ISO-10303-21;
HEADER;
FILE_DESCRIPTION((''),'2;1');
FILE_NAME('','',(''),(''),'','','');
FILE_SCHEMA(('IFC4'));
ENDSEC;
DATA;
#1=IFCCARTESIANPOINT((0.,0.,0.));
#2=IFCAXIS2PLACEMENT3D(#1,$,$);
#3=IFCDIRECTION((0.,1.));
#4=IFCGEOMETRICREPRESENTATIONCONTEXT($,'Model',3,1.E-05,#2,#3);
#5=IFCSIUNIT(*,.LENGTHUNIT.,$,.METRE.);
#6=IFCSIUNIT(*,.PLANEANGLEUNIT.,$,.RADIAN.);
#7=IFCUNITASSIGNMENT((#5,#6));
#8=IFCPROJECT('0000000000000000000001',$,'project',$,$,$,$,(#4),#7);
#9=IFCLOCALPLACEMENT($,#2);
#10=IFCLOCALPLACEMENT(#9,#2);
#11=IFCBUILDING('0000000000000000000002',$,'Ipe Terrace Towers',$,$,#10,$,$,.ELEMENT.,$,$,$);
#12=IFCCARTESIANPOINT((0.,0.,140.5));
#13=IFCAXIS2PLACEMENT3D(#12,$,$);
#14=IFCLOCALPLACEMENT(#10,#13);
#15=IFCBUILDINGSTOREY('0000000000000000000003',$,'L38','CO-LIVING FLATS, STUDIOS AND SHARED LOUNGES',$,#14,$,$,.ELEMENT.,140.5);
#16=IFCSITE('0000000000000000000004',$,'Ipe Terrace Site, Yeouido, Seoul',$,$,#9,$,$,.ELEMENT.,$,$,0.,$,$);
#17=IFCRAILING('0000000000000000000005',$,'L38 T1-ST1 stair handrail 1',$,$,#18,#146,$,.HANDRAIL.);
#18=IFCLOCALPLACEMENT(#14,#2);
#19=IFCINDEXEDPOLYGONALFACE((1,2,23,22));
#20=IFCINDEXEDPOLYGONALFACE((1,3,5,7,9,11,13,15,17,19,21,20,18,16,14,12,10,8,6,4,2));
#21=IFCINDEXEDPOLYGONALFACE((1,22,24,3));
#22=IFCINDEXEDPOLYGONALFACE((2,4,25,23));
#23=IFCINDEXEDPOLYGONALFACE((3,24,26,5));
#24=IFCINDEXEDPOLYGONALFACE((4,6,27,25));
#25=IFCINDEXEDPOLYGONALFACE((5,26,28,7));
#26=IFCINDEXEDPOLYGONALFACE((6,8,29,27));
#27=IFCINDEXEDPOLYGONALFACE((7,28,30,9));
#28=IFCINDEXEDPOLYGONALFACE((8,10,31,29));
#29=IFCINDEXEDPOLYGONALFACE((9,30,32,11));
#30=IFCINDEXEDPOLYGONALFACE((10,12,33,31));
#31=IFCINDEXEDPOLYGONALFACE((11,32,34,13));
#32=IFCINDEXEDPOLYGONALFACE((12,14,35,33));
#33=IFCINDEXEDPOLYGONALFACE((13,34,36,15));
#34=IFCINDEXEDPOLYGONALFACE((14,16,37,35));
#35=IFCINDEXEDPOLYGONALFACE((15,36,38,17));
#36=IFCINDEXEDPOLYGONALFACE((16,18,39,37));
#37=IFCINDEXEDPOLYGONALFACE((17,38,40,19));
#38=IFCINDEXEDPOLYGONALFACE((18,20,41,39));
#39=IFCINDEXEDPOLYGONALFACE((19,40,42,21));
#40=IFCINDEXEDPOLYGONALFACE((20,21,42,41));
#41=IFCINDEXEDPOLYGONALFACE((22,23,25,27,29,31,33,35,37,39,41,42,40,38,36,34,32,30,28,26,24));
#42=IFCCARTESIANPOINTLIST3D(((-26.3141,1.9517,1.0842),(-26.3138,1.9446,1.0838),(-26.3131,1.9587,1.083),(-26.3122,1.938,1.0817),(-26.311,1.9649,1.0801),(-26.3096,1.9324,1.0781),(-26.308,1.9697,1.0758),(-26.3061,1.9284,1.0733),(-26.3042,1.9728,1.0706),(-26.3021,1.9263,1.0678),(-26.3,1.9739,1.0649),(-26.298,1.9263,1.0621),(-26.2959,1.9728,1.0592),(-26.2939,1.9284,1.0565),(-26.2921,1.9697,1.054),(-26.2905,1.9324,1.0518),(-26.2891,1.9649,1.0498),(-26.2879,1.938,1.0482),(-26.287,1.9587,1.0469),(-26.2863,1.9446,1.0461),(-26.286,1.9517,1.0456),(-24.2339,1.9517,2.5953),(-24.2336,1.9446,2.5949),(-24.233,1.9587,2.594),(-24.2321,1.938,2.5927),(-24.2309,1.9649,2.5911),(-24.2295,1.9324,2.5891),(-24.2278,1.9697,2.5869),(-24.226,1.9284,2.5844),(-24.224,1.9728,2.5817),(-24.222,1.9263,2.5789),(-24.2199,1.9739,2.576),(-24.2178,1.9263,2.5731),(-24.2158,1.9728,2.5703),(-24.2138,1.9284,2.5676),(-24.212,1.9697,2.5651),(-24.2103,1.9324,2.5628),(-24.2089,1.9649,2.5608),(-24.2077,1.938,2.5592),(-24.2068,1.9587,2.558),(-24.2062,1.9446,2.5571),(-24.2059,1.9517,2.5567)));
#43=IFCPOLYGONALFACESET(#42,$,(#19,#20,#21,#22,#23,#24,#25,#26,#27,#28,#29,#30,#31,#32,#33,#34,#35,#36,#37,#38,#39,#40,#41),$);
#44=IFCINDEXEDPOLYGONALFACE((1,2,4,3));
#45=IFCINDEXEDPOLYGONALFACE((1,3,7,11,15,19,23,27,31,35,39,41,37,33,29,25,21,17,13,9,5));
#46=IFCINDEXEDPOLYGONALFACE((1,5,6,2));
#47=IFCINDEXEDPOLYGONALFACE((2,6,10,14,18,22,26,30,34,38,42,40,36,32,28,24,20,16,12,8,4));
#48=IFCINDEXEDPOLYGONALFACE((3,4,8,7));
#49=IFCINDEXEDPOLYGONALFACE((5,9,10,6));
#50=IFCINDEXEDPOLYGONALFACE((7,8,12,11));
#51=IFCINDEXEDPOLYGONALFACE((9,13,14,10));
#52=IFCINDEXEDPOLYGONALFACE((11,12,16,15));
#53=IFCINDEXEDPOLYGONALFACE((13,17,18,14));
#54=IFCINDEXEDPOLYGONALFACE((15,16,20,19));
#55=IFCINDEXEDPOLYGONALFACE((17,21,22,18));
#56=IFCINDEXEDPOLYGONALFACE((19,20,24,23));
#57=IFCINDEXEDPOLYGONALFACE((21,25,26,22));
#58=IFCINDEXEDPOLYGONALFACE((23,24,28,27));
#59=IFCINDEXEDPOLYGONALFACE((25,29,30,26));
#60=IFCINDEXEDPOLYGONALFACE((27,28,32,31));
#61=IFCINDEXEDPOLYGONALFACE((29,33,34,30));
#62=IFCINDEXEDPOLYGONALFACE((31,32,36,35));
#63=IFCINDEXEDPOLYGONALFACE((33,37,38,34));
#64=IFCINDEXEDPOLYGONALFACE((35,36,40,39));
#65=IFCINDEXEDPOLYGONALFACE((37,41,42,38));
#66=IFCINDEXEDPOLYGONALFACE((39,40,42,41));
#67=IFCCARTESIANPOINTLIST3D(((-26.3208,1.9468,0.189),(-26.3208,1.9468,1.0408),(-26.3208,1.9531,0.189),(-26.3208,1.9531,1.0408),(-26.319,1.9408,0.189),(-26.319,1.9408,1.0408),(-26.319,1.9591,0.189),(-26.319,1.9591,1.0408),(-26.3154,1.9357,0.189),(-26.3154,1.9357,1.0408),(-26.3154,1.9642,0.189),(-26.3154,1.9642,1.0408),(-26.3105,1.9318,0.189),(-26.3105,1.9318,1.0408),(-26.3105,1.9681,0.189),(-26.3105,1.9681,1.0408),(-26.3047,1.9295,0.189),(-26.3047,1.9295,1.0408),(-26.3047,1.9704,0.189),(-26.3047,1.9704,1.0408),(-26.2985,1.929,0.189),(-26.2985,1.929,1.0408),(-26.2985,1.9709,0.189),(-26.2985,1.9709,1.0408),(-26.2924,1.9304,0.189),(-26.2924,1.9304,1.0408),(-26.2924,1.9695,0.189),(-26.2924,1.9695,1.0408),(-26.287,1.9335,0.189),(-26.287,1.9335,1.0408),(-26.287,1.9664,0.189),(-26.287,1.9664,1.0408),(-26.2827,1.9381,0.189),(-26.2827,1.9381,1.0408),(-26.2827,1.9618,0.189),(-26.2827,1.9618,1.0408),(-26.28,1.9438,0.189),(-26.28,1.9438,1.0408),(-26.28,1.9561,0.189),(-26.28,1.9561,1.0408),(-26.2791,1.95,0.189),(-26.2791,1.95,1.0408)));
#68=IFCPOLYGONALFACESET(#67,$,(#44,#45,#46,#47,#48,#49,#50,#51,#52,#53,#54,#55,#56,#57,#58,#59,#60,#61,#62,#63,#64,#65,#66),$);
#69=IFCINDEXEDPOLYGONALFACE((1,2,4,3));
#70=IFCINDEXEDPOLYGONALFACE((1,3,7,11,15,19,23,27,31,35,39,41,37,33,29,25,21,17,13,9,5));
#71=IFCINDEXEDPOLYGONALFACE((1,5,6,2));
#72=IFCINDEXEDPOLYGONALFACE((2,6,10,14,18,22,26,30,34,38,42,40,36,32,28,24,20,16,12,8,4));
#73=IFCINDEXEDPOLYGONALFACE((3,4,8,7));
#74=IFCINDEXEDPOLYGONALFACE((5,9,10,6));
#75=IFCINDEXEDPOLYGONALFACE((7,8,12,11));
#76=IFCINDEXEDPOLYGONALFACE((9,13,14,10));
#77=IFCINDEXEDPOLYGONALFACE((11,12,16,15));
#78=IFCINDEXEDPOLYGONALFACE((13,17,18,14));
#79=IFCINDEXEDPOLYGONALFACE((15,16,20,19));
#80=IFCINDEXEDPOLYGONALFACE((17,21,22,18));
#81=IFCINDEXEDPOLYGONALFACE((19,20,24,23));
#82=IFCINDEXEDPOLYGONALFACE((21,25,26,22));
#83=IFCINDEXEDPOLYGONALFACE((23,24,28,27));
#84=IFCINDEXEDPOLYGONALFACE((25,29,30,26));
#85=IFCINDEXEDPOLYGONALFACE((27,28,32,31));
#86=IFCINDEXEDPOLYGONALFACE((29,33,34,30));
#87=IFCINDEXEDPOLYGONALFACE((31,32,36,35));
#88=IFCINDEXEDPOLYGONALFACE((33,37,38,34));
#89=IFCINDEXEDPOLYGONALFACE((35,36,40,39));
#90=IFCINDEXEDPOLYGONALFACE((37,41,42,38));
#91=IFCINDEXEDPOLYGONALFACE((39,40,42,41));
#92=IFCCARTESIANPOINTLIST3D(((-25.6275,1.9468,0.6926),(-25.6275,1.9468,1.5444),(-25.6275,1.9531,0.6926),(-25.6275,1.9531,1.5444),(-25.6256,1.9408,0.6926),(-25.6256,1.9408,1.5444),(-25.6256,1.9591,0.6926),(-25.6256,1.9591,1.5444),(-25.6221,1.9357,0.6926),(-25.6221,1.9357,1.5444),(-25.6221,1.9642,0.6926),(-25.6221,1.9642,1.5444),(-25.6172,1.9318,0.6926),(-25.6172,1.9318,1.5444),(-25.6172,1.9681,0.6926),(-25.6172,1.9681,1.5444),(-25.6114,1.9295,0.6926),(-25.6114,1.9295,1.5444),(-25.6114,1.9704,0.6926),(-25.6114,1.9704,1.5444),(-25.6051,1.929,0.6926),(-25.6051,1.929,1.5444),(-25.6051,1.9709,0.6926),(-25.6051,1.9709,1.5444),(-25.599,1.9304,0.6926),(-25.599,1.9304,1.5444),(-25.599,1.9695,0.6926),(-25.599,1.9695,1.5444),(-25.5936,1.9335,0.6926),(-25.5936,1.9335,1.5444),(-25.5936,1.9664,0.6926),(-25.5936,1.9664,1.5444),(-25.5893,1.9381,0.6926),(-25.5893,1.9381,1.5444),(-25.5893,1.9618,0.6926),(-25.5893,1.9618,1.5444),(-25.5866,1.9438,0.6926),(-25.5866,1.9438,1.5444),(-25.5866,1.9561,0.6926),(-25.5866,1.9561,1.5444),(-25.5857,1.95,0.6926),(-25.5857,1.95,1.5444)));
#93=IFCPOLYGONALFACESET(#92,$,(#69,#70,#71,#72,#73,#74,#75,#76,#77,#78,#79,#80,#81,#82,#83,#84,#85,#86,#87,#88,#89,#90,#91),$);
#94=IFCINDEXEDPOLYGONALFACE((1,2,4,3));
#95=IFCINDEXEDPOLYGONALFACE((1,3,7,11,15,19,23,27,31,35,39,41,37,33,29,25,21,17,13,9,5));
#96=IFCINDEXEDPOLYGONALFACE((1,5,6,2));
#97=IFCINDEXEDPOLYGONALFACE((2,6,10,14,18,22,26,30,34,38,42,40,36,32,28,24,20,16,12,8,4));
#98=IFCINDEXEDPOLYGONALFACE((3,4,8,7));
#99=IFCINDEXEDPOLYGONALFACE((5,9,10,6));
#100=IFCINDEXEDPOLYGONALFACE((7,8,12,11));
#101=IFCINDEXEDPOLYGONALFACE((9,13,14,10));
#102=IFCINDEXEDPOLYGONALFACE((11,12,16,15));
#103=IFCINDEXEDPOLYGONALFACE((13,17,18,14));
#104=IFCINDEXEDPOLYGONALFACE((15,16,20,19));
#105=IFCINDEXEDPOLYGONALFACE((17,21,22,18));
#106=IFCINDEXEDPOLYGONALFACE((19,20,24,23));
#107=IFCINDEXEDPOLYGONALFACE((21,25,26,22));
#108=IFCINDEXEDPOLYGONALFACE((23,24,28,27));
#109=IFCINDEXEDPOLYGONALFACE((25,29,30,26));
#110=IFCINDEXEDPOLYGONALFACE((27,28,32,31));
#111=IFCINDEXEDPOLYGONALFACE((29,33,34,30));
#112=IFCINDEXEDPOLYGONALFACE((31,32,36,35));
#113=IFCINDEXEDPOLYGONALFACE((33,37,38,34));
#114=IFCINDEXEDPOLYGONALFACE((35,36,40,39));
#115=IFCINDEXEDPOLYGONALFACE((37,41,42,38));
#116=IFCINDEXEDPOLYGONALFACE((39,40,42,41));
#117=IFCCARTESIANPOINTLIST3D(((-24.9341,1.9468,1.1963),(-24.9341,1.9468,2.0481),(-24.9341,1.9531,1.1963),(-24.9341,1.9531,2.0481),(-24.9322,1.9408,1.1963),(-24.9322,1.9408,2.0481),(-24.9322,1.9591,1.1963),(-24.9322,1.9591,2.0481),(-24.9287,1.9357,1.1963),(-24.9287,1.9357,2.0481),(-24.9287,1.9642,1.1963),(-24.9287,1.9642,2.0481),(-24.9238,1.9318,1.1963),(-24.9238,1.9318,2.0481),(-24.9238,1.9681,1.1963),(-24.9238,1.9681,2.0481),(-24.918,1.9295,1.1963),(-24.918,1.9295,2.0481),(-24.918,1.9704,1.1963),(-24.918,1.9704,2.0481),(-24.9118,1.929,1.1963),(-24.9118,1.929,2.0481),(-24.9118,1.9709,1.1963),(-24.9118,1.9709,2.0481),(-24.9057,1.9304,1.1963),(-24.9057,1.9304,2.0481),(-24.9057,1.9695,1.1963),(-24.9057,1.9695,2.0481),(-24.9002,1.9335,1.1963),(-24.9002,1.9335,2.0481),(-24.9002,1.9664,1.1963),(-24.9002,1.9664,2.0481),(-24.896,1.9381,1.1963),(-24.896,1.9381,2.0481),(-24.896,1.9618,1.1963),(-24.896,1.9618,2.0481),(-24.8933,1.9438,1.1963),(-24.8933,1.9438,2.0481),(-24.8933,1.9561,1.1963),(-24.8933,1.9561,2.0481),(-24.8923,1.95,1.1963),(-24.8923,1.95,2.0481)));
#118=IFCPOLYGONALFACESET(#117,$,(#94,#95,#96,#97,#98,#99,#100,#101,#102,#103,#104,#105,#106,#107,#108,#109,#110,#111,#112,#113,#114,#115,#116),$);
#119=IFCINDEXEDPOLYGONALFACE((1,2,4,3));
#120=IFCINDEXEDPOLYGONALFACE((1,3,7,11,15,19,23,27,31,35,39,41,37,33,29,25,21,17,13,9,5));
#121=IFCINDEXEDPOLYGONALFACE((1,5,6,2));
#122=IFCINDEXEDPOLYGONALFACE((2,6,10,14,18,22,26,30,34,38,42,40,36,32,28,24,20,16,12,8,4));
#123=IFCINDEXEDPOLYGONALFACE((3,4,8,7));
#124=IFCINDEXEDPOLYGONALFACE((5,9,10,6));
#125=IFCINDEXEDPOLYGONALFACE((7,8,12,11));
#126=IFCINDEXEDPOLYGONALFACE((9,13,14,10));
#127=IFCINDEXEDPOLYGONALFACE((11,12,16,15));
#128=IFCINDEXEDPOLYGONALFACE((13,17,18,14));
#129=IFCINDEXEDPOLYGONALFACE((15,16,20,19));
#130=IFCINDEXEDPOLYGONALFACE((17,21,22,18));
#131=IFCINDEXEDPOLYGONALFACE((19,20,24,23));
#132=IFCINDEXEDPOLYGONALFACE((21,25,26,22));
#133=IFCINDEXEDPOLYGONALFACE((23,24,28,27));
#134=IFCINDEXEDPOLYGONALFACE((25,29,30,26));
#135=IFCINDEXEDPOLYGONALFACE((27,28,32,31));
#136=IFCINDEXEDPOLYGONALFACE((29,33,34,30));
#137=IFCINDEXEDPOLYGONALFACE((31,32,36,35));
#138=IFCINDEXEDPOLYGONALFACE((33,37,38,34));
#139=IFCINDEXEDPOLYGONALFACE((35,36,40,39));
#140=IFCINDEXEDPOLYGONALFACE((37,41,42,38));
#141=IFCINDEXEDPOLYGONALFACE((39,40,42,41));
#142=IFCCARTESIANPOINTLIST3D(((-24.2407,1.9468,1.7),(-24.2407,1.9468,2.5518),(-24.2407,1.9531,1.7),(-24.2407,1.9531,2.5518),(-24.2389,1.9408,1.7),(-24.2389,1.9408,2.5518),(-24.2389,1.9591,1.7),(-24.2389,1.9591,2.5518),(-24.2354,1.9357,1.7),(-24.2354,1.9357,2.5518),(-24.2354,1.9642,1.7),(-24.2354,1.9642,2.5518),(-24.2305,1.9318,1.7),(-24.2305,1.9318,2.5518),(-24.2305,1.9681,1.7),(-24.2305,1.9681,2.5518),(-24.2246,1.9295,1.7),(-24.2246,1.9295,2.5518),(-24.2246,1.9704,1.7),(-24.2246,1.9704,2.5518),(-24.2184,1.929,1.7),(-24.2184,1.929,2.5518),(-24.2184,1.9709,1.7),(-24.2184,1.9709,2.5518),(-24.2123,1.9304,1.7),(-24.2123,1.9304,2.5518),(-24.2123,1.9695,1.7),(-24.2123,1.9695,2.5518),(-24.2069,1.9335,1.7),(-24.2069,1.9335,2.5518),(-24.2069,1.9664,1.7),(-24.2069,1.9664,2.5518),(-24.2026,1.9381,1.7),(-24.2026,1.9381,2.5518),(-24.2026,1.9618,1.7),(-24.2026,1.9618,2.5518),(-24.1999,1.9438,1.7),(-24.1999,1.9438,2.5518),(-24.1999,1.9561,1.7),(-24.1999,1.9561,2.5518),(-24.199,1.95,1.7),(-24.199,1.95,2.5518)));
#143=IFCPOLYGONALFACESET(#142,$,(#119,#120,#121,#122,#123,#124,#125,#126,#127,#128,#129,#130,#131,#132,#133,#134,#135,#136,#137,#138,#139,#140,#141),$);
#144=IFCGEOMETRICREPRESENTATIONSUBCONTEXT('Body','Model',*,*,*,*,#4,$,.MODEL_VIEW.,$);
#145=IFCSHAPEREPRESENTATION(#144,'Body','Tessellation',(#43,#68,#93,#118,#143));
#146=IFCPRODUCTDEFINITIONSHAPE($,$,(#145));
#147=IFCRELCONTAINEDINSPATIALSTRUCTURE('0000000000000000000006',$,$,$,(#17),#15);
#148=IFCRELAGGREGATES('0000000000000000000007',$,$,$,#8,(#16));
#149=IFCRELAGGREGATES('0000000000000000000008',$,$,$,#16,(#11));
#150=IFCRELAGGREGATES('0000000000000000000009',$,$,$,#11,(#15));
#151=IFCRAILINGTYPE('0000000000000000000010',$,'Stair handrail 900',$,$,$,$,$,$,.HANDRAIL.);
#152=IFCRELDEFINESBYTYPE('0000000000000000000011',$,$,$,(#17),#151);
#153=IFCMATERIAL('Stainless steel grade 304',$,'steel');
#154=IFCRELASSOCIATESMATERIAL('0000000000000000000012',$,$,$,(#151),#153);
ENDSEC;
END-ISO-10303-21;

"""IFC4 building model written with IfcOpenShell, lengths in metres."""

from ifc_helpers import new_model, si_unit, direction, frame, origin, origin_2d, place, context, subcontext, project, spatial, circle, extrude, material, type_object, element, save


model = new_model("IFC4")

# Units and contexts
model_context = context("Model", 3, precision=1e-05, world=origin(), true_north=direction((0.0, 1.0)))
body_context = subcontext(model_context, "Body", "Model", "MODEL_VIEW")
ifc_project = project(units=[si_unit("LENGTHUNIT", "METRE"), si_unit("PLANEANGLEUNIT", "RADIAN")], contexts=[model_context])

# Site, building, storey
site_placement = place(None, origin())
site = spatial("IfcSite", under=ifc_project, at=site_placement, Name="Ipe Terrace Site, Yeouido, Seoul", CompositionType="ELEMENT", RefElevation=0.0)
building_placement = place(site_placement, origin())
building = spatial("IfcBuilding", under=site, at=building_placement, Name="Ipe Terrace Towers", CompositionType="ELEMENT")
storey_placement = place(building_placement, frame((0.0, 0.0, 140.5)))
storey = spatial("IfcBuildingStorey", under=building, at=storey_placement, Name="L38", Description="CO-LIVING FLATS, STUDIOS AND SHARED LOUNGES", CompositionType="ELEMENT", Elevation=140.5)

# Railing
ifc_material_1 = material(Name="Stainless steel grade 304", Category="steel")
railing_type_1 = type_object("IfcRailingType", Name="Stair handrail 900", PredefinedType="HANDRAIL", material=ifc_material_1)
railing_1_placement = place(storey_placement, frame((-26.3, 1.95, 0.189)))
element("IfcRailing", 1, at=railing_1_placement, inside=storey, type_object=railing_type_1, Name="L38 T1-ST1 stair handrail 1", PredefinedType="HANDRAIL", context=body_context, shape_type="SweptSolid", body=[
    extrude(circle(Radius=0.0239, at=origin_2d()), frame((0.0, 0.0, 0.876), z_axis=(0.809069, 0.0, 0.587714), x_axis=(0.0, 1.0, 0.0)), (0.0, 0.0, 1.0), 2.571),
    extrude(circle(Radius=0.021, at=origin_2d()), origin(), (0.0, 0.0, 1.0), 0.8518),
    extrude(circle(Radius=0.021, at=origin_2d()), frame((0.6934, 0.0, 0.5037)), (0.0, 0.0, 1.0), 0.8518),
    extrude(circle(Radius=0.021, at=origin_2d()), frame((1.3867, 0.0, 1.0073)), (0.0, 0.0, 1.0), 0.8518),
    extrude(circle(Radius=0.021, at=origin_2d()), frame((2.0801, 0.0, 1.511)), (0.0, 0.0, 1.0), 0.8518),
])

save(model, "model.ifc")
